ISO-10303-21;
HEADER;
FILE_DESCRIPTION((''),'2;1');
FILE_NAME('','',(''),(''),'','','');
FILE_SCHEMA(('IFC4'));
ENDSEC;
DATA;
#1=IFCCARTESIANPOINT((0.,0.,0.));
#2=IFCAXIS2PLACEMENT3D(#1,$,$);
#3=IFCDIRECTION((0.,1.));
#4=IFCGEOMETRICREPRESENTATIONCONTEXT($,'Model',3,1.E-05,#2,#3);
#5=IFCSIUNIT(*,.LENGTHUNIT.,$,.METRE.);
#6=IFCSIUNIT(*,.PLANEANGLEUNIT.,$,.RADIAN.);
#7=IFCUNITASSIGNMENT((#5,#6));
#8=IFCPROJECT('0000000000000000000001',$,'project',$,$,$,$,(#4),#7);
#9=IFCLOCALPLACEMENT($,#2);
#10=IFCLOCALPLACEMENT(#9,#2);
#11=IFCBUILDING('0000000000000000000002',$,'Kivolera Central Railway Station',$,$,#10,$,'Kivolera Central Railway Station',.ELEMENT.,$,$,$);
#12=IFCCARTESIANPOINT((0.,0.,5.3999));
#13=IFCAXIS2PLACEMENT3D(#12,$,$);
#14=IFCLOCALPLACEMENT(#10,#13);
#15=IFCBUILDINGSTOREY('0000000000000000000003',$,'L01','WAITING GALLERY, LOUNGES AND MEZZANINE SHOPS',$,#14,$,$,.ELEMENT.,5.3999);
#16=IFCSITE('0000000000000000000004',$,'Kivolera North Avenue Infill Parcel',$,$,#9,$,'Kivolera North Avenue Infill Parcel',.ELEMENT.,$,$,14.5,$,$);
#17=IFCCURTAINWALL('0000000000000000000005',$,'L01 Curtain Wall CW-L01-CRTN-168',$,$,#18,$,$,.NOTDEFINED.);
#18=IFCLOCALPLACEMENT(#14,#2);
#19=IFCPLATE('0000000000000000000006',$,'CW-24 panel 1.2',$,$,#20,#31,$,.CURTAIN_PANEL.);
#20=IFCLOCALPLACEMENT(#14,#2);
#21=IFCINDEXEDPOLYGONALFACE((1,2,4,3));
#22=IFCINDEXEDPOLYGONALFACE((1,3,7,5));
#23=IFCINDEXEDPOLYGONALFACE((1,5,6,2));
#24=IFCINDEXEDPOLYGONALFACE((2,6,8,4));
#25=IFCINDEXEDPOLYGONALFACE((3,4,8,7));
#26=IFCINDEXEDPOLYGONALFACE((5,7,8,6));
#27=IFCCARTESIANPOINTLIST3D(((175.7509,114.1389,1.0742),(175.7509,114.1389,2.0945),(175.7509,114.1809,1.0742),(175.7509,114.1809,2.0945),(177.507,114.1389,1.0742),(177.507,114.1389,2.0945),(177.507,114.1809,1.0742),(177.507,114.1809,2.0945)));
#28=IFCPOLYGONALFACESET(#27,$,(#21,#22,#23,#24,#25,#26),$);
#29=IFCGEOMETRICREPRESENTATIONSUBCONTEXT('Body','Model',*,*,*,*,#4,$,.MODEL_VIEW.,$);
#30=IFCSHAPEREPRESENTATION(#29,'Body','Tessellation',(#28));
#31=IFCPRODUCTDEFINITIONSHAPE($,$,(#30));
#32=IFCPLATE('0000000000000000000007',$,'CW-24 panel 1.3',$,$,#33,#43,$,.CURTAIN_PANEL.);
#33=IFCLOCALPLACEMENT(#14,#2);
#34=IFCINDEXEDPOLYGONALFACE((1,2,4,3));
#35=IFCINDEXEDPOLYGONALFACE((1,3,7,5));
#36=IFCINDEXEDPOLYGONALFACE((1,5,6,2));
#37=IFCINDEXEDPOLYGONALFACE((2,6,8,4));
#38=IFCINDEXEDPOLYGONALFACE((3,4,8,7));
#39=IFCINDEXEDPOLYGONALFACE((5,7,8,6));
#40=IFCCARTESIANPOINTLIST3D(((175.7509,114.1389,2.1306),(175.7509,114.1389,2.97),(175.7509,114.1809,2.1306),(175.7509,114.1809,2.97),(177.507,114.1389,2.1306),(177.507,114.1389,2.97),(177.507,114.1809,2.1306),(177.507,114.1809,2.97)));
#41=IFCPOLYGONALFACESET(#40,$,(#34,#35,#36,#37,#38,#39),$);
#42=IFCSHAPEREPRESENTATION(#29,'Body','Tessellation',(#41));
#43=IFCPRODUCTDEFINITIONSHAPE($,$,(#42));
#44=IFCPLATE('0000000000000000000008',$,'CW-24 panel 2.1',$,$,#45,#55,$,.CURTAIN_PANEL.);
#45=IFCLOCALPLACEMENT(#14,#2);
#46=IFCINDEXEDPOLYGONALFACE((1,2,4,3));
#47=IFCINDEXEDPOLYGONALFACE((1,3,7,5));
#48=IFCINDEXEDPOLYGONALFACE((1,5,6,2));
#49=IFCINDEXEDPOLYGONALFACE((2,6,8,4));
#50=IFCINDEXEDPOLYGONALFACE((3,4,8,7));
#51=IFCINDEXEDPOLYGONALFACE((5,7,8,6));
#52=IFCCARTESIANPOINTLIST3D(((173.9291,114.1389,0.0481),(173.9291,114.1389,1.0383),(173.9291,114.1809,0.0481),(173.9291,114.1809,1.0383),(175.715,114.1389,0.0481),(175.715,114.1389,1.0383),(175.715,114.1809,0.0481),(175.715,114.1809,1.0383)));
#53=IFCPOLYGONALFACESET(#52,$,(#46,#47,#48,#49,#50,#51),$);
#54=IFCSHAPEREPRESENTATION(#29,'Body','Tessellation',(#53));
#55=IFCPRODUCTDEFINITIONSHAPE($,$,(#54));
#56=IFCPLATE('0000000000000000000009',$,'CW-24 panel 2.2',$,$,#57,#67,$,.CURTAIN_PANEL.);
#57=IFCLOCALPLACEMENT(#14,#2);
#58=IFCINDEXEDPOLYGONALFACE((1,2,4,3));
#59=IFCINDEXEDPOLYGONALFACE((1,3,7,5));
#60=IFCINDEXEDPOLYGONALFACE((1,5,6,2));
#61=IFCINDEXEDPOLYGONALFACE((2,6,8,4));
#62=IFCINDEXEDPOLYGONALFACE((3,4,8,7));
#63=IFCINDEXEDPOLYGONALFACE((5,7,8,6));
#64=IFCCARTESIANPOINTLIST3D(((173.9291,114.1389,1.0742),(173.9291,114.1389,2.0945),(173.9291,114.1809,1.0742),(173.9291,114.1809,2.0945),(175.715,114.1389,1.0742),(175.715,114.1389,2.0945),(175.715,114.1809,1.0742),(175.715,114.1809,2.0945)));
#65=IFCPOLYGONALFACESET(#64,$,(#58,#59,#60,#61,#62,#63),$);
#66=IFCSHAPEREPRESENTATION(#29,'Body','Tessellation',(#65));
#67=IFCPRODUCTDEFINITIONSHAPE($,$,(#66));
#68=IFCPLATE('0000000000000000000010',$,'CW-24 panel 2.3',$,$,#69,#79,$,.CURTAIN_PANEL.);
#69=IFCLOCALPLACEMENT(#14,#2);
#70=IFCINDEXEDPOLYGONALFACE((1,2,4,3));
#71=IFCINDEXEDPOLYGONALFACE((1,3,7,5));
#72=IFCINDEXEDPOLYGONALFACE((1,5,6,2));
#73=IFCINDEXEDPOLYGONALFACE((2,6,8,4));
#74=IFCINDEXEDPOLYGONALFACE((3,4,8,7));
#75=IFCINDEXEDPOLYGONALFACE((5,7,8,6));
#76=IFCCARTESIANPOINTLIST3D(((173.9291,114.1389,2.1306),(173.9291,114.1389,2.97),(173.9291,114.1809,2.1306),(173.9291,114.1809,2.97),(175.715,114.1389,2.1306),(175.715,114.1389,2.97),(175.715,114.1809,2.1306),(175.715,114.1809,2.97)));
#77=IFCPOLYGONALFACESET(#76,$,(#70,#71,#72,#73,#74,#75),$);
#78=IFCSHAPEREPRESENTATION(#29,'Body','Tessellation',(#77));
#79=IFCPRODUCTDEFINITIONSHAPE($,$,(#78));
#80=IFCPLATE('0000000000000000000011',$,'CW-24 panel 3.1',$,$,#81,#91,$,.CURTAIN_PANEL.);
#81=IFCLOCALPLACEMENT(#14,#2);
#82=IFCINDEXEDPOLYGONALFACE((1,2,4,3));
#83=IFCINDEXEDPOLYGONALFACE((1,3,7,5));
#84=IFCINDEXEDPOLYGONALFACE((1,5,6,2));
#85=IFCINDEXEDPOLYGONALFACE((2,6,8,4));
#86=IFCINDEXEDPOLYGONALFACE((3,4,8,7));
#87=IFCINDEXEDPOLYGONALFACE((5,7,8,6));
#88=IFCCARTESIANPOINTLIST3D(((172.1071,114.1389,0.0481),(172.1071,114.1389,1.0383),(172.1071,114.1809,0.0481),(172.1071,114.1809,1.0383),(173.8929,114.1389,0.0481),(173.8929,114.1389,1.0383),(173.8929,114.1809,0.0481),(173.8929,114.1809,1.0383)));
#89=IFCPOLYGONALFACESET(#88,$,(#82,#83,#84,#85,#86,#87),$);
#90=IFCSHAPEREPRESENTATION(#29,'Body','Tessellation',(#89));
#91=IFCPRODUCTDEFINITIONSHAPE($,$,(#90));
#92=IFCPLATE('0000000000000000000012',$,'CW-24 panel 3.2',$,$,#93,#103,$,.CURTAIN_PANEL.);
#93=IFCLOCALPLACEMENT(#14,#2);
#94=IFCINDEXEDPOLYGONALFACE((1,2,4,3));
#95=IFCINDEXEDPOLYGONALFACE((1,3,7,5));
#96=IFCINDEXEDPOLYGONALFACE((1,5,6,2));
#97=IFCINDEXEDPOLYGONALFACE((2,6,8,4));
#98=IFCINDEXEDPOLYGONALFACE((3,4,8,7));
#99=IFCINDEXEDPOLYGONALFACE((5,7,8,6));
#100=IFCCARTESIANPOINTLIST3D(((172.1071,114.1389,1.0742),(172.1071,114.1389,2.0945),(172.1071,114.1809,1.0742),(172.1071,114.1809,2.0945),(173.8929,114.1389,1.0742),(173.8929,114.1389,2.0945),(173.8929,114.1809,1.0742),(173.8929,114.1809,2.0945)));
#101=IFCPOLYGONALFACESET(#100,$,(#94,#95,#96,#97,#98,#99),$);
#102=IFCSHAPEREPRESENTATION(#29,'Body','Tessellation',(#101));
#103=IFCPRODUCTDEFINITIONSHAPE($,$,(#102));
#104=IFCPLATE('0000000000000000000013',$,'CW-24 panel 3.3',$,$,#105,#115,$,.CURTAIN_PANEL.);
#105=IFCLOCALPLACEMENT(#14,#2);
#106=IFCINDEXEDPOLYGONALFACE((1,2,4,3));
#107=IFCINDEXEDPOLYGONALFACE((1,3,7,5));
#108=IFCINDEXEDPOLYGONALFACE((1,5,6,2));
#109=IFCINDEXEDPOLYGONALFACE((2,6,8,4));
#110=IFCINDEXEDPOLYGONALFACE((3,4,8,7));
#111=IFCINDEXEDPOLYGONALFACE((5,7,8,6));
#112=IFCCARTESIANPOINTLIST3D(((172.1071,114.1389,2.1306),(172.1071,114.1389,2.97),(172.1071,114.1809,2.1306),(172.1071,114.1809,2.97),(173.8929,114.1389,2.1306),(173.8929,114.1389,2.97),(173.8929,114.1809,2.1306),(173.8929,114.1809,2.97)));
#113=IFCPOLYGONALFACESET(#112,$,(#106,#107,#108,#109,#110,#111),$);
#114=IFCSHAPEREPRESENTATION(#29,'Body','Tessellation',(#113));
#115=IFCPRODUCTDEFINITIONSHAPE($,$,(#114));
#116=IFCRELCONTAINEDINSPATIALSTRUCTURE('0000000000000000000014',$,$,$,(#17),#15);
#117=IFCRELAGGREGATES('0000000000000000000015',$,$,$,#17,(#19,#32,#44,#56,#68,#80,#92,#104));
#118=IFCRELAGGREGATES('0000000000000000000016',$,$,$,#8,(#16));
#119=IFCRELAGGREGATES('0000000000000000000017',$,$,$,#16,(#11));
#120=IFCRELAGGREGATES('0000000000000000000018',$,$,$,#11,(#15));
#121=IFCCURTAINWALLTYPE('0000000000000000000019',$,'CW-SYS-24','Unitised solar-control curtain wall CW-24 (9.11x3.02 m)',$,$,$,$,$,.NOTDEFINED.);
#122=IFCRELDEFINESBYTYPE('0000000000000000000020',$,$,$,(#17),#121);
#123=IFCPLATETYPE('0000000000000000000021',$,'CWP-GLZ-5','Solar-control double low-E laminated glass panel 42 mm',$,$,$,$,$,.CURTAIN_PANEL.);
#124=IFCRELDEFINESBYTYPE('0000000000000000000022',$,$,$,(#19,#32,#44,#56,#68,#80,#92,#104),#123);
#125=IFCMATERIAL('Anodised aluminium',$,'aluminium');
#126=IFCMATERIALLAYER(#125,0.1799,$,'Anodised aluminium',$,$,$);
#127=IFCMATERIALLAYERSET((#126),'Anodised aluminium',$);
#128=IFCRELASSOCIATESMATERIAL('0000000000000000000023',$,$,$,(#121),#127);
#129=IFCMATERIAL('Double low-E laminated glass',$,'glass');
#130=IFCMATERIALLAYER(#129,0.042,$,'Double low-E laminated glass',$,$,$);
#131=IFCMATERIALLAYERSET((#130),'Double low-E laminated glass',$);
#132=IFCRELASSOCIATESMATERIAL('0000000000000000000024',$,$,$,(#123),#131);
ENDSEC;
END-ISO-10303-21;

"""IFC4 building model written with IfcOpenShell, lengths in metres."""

from ifc_helpers import new_model, si_unit, direction, frame, origin, origin_2d, place, context, subcontext, project, spatial, rectangle, extrude, material, layer, layer_set, type_object, element, aggregate, save


model = new_model("IFC4")

# Units and contexts
model_context = context("Model", 3, precision=1e-05, world=origin(), true_north=direction((0.0, 1.0)))
body_context = subcontext(model_context, "Body", "Model", "MODEL_VIEW")
ifc_project = project(units=[si_unit("LENGTHUNIT", "METRE"), si_unit("PLANEANGLEUNIT", "RADIAN")], contexts=[model_context])

# Site, building, storey
site_placement = place(None, origin())
site = spatial("IfcSite", under=ifc_project, at=site_placement, Name="Kivolera North Avenue Infill Parcel", LongName="Kivolera North Avenue Infill Parcel", CompositionType="ELEMENT", RefElevation=14.5)
building_placement = place(site_placement, origin())
building = spatial("IfcBuilding", under=site, at=building_placement, Name="Kivolera Central Railway Station", LongName="Kivolera Central Railway Station", CompositionType="ELEMENT")
storey_placement = place(building_placement, frame((0.0, 0.0, 5.3999)))
storey = spatial("IfcBuildingStorey", under=building, at=storey_placement, Name="L01", Description="WAITING GALLERY, LOUNGES AND MEZZANINE SHOPS", CompositionType="ELEMENT", Elevation=5.3999)

# Curtain wall, plates
ifc_material_1 = material(Name="Anodised aluminium", Category="aluminium")
ifc_layer_1 = layer(ifc_material_1, 0.1799, Name="Anodised aluminium")
ifc_layer_set_1 = layer_set([ifc_layer_1], Name="Anodised aluminium")
curtain_wall_type = type_object("IfcCurtainWallType", Name="CW-SYS-24", Description="Unitised solar-control curtain wall CW-24 (9.11x3.02 m)", PredefinedType="NOTDEFINED", material=ifc_layer_set_1)
curtain_wall_placement = place(storey_placement, origin())
curtain_wall = element("IfcCurtainWall", 1, at=curtain_wall_placement, inside=storey, type_object=curtain_wall_type, Name="L01 Curtain Wall CW-L01-CRTN-168", PredefinedType="NOTDEFINED")
ifc_material_2 = material(Name="Double low-E laminated glass", Category="glass")
ifc_layer_2 = layer(ifc_material_2, 0.042, Name="Double low-E laminated glass")
ifc_layer_set_2 = layer_set([ifc_layer_2], Name="Double low-E laminated glass")
plate_type = type_object("IfcPlateType", Name="CWP-GLZ-5", Description="Solar-control double low-E laminated glass panel 42 mm", PredefinedType="CURTAIN_PANEL", material=ifc_layer_set_2)
plate_1_placement = place(storey_placement, frame((176.6289, 114.1599, 1.0742), z_axis=(0.0, 0.0, 1.0), x_axis=(-1.0, 0.0, 0.0)))
plate_1 = element("IfcPlate", 2, at=plate_1_placement, type_object=plate_type, Name="CW-24 panel 1.2", PredefinedType="CURTAIN_PANEL", context=body_context, shape_type="SweptSolid", body=[
    extrude(rectangle(XDim=1.7561, YDim=0.042, at=origin_2d()), origin(), (0.0, 0.0, 1.0), 1.0203),
])
plate_2_placement = place(storey_placement, frame((176.6289, 114.1599, 2.1306), z_axis=(0.0, 0.0, 1.0), x_axis=(-1.0, 0.0, 0.0)))
plate_2 = element("IfcPlate", 3, at=plate_2_placement, type_object=plate_type, Name="CW-24 panel 1.3", PredefinedType="CURTAIN_PANEL", context=body_context, shape_type="SweptSolid", body=[
    extrude(rectangle(XDim=1.7561, YDim=0.042, at=origin_2d()), origin(), (0.0, 0.0, 1.0), 0.8394),
])
plate_3_placement = place(storey_placement, frame((174.822, 114.1599, 0.0481), z_axis=(0.0, 0.0, 1.0), x_axis=(-1.0, 0.0, 0.0)))
plate_3 = element("IfcPlate", 4, at=plate_3_placement, type_object=plate_type, Name="CW-24 panel 2.1", PredefinedType="CURTAIN_PANEL", context=body_context, shape_type="SweptSolid", body=[
    extrude(rectangle(XDim=1.7859, YDim=0.042, at=origin_2d()), origin(), (0.0, 0.0, 1.0), 0.9902),
])
plate_4_placement = place(storey_placement, frame((174.822, 114.1599, 1.0742), z_axis=(0.0, 0.0, 1.0), x_axis=(-1.0, 0.0, 0.0)))
plate_4 = element("IfcPlate", 5, at=plate_4_placement, type_object=plate_type, Name="CW-24 panel 2.2", PredefinedType="CURTAIN_PANEL", context=body_context, shape_type="SweptSolid", body=[
    extrude(rectangle(XDim=1.7859, YDim=0.042, at=origin_2d()), origin(), (0.0, 0.0, 1.0), 1.0203),
])
plate_5_placement = place(storey_placement, frame((174.822, 114.1599, 2.1306), z_axis=(0.0, 0.0, 1.0), x_axis=(-1.0, 0.0, 0.0)))
plate_5 = element("IfcPlate", 6, at=plate_5_placement, type_object=plate_type, Name="CW-24 panel 2.3", PredefinedType="CURTAIN_PANEL", context=body_context, shape_type="SweptSolid", body=[
    extrude(rectangle(XDim=1.7859, YDim=0.042, at=origin_2d()), origin(), (0.0, 0.0, 1.0), 0.8394),
])
plate_6_placement = place(storey_placement, frame((173.0, 114.1599, 0.0481), z_axis=(0.0, 0.0, 1.0), x_axis=(-1.0, 0.0, 0.0)))
plate_6 = element("IfcPlate", 7, at=plate_6_placement, type_object=plate_type, Name="CW-24 panel 3.1", PredefinedType="CURTAIN_PANEL", context=body_context, shape_type="SweptSolid", body=[
    extrude(rectangle(XDim=1.7859, YDim=0.042, at=origin_2d()), origin(), (0.0, 0.0, 1.0), 0.9902),
])
plate_7_placement = place(storey_placement, frame((173.0, 114.1599, 1.0742), z_axis=(0.0, 0.0, 1.0), x_axis=(-1.0, 0.0, 0.0)))
plate_7 = element("IfcPlate", 8, at=plate_7_placement, type_object=plate_type, Name="CW-24 panel 3.2", PredefinedType="CURTAIN_PANEL", context=body_context, shape_type="SweptSolid", body=[
    extrude(rectangle(XDim=1.7859, YDim=0.042, at=origin_2d()), origin(), (0.0, 0.0, 1.0), 1.0203),
])
plate_8_placement = place(storey_placement, frame((173.0, 114.1599, 2.1306), z_axis=(0.0, 0.0, 1.0), x_axis=(-1.0, 0.0, 0.0)))
plate_8 = element("IfcPlate", 9, at=plate_8_placement, type_object=plate_type, Name="CW-24 panel 3.3", PredefinedType="CURTAIN_PANEL", context=body_context, shape_type="SweptSolid", body=[
    extrude(rectangle(XDim=1.7859, YDim=0.042, at=origin_2d()), origin(), (0.0, 0.0, 1.0), 0.8394),
])
aggregate(curtain_wall, [plate_1, plate_2, plate_3, plate_4, plate_5, plate_6, plate_7, plate_8])

save(model, "model.ifc")
